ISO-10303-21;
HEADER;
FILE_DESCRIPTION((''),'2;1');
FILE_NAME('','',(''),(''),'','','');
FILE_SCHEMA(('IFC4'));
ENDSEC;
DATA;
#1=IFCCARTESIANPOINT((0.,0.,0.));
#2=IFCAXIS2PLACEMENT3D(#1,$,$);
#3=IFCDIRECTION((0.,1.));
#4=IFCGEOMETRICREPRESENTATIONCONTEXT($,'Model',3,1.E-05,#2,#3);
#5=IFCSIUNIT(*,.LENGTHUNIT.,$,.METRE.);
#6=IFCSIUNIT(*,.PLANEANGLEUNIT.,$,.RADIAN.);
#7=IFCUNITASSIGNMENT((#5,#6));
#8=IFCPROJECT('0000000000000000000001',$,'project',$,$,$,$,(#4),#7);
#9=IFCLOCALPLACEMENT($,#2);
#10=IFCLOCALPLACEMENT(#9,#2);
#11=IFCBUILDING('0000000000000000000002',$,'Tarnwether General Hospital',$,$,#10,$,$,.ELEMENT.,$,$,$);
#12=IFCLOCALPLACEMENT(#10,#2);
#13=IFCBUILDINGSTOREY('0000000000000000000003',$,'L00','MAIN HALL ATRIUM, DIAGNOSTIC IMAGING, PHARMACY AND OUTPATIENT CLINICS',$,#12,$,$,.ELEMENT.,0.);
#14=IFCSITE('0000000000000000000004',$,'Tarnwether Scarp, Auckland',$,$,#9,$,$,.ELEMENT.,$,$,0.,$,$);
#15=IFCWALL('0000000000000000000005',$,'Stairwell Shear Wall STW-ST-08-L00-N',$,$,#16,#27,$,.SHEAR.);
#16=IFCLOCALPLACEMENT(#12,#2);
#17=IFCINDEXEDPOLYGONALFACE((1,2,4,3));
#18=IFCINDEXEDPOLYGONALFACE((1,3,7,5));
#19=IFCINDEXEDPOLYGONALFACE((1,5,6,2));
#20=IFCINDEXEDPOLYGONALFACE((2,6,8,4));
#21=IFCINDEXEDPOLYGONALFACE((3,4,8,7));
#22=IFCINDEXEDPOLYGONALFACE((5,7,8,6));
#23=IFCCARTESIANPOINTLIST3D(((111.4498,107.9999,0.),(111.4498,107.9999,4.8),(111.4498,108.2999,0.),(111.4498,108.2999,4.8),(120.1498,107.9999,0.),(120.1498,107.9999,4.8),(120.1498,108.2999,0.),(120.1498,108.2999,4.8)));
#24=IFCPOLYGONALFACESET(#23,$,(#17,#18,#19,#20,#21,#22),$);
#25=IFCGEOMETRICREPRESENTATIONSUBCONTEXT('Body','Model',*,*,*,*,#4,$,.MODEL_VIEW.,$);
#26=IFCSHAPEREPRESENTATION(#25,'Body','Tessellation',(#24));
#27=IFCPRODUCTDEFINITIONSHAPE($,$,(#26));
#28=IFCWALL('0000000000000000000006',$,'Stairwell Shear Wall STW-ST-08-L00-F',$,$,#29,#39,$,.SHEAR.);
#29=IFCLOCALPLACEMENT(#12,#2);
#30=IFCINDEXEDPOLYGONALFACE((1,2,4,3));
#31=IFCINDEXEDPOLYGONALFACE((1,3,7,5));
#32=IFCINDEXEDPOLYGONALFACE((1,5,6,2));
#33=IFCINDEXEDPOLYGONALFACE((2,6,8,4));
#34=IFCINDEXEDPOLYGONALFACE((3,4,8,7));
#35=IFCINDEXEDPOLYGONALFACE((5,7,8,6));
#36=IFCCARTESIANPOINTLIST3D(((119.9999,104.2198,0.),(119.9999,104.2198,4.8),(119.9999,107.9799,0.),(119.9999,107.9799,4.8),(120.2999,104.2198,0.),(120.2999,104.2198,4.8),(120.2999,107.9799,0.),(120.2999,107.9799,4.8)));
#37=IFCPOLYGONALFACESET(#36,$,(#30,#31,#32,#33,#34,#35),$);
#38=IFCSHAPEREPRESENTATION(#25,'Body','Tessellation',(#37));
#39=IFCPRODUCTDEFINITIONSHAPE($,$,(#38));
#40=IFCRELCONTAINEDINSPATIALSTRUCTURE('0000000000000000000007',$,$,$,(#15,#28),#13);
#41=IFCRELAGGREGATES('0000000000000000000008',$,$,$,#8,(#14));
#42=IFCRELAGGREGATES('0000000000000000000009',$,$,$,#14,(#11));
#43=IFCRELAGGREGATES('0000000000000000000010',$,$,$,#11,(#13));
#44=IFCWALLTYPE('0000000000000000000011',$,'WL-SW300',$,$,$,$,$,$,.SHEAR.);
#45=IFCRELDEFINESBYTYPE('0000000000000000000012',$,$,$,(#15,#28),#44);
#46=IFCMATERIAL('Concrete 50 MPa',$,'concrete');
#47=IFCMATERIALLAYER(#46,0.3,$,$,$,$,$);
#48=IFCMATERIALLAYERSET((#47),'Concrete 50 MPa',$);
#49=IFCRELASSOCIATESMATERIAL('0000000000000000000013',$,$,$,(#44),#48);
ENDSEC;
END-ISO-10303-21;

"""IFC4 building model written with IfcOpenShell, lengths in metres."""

from ifc_helpers import new_model, si_unit, direction, frame, frame_2d, origin, place, context, subcontext, project, spatial, rectangle, extrude, material, layer, layer_set, type_object, element, save


model = new_model("IFC4")

# Units and contexts
model_context = context("Model", 3, precision=1e-05, world=origin(), true_north=direction((0.0, 1.0)))
body_context = subcontext(model_context, "Body", "Model", "MODEL_VIEW")
ifc_project = project(units=[si_unit("LENGTHUNIT", "METRE"), si_unit("PLANEANGLEUNIT", "RADIAN")], contexts=[model_context])

# Site, building, storey
site_placement = place(None, origin())
site = spatial("IfcSite", under=ifc_project, at=site_placement, Name="Tarnwether Scarp, Auckland", CompositionType="ELEMENT", RefElevation=0.0)
building_placement = place(site_placement, origin())
building = spatial("IfcBuilding", under=site, at=building_placement, Name="Tarnwether General Hospital", CompositionType="ELEMENT")
storey_placement = place(building_placement, origin())
storey = spatial("IfcBuildingStorey", under=building, at=storey_placement, Name="L00", Description="MAIN HALL ATRIUM, DIAGNOSTIC IMAGING, PHARMACY AND OUTPATIENT CLINICS", CompositionType="ELEMENT", Elevation=0.0)

# Walls
ifc_material_1 = material(Name="Concrete 50 MPa", Category="concrete")
ifc_layer_1 = layer(ifc_material_1, 0.3)
ifc_layer_set_1 = layer_set([ifc_layer_1], Name="Concrete 50 MPa")
wall_type_1 = type_object("IfcWallType", Name="WL-SW300", PredefinedType="SHEAR", material=ifc_layer_set_1)
wall_1_placement = place(storey_placement, frame((120.1499, 108.1499, 0.0), z_axis=(0.0, 0.0, 1.0), x_axis=(-1.0, 0.0, 0.0)))
element("IfcWall", 1, at=wall_1_placement, inside=storey, type_object=wall_type_1, Name="Stairwell Shear Wall STW-ST-08-L00-N", PredefinedType="SHEAR", context=body_context, shape_type="SweptSolid", body=[
    extrude(rectangle(XDim=8.7, YDim=0.3, at=frame_2d((4.3501, 0.0))), origin(), (0.0, 0.0, 1.0), 4.8),
])
wall_2_placement = place(storey_placement, frame((120.1499, 104.22, 0.0), z_axis=(0.0, 0.0, 1.0), x_axis=(0.0, 1.0, 0.0)))
element("IfcWall", 2, at=wall_2_placement, inside=storey, type_object=wall_type_1, Name="Stairwell Shear Wall STW-ST-08-L00-F", PredefinedType="SHEAR", context=body_context, shape_type="SweptSolid", body=[
    extrude(rectangle(XDim=3.76, YDim=0.3, at=frame_2d((1.8799, 0.0))), origin(), (0.0, 0.0, 1.0), 4.8),
])

save(model, "model.ifc")
